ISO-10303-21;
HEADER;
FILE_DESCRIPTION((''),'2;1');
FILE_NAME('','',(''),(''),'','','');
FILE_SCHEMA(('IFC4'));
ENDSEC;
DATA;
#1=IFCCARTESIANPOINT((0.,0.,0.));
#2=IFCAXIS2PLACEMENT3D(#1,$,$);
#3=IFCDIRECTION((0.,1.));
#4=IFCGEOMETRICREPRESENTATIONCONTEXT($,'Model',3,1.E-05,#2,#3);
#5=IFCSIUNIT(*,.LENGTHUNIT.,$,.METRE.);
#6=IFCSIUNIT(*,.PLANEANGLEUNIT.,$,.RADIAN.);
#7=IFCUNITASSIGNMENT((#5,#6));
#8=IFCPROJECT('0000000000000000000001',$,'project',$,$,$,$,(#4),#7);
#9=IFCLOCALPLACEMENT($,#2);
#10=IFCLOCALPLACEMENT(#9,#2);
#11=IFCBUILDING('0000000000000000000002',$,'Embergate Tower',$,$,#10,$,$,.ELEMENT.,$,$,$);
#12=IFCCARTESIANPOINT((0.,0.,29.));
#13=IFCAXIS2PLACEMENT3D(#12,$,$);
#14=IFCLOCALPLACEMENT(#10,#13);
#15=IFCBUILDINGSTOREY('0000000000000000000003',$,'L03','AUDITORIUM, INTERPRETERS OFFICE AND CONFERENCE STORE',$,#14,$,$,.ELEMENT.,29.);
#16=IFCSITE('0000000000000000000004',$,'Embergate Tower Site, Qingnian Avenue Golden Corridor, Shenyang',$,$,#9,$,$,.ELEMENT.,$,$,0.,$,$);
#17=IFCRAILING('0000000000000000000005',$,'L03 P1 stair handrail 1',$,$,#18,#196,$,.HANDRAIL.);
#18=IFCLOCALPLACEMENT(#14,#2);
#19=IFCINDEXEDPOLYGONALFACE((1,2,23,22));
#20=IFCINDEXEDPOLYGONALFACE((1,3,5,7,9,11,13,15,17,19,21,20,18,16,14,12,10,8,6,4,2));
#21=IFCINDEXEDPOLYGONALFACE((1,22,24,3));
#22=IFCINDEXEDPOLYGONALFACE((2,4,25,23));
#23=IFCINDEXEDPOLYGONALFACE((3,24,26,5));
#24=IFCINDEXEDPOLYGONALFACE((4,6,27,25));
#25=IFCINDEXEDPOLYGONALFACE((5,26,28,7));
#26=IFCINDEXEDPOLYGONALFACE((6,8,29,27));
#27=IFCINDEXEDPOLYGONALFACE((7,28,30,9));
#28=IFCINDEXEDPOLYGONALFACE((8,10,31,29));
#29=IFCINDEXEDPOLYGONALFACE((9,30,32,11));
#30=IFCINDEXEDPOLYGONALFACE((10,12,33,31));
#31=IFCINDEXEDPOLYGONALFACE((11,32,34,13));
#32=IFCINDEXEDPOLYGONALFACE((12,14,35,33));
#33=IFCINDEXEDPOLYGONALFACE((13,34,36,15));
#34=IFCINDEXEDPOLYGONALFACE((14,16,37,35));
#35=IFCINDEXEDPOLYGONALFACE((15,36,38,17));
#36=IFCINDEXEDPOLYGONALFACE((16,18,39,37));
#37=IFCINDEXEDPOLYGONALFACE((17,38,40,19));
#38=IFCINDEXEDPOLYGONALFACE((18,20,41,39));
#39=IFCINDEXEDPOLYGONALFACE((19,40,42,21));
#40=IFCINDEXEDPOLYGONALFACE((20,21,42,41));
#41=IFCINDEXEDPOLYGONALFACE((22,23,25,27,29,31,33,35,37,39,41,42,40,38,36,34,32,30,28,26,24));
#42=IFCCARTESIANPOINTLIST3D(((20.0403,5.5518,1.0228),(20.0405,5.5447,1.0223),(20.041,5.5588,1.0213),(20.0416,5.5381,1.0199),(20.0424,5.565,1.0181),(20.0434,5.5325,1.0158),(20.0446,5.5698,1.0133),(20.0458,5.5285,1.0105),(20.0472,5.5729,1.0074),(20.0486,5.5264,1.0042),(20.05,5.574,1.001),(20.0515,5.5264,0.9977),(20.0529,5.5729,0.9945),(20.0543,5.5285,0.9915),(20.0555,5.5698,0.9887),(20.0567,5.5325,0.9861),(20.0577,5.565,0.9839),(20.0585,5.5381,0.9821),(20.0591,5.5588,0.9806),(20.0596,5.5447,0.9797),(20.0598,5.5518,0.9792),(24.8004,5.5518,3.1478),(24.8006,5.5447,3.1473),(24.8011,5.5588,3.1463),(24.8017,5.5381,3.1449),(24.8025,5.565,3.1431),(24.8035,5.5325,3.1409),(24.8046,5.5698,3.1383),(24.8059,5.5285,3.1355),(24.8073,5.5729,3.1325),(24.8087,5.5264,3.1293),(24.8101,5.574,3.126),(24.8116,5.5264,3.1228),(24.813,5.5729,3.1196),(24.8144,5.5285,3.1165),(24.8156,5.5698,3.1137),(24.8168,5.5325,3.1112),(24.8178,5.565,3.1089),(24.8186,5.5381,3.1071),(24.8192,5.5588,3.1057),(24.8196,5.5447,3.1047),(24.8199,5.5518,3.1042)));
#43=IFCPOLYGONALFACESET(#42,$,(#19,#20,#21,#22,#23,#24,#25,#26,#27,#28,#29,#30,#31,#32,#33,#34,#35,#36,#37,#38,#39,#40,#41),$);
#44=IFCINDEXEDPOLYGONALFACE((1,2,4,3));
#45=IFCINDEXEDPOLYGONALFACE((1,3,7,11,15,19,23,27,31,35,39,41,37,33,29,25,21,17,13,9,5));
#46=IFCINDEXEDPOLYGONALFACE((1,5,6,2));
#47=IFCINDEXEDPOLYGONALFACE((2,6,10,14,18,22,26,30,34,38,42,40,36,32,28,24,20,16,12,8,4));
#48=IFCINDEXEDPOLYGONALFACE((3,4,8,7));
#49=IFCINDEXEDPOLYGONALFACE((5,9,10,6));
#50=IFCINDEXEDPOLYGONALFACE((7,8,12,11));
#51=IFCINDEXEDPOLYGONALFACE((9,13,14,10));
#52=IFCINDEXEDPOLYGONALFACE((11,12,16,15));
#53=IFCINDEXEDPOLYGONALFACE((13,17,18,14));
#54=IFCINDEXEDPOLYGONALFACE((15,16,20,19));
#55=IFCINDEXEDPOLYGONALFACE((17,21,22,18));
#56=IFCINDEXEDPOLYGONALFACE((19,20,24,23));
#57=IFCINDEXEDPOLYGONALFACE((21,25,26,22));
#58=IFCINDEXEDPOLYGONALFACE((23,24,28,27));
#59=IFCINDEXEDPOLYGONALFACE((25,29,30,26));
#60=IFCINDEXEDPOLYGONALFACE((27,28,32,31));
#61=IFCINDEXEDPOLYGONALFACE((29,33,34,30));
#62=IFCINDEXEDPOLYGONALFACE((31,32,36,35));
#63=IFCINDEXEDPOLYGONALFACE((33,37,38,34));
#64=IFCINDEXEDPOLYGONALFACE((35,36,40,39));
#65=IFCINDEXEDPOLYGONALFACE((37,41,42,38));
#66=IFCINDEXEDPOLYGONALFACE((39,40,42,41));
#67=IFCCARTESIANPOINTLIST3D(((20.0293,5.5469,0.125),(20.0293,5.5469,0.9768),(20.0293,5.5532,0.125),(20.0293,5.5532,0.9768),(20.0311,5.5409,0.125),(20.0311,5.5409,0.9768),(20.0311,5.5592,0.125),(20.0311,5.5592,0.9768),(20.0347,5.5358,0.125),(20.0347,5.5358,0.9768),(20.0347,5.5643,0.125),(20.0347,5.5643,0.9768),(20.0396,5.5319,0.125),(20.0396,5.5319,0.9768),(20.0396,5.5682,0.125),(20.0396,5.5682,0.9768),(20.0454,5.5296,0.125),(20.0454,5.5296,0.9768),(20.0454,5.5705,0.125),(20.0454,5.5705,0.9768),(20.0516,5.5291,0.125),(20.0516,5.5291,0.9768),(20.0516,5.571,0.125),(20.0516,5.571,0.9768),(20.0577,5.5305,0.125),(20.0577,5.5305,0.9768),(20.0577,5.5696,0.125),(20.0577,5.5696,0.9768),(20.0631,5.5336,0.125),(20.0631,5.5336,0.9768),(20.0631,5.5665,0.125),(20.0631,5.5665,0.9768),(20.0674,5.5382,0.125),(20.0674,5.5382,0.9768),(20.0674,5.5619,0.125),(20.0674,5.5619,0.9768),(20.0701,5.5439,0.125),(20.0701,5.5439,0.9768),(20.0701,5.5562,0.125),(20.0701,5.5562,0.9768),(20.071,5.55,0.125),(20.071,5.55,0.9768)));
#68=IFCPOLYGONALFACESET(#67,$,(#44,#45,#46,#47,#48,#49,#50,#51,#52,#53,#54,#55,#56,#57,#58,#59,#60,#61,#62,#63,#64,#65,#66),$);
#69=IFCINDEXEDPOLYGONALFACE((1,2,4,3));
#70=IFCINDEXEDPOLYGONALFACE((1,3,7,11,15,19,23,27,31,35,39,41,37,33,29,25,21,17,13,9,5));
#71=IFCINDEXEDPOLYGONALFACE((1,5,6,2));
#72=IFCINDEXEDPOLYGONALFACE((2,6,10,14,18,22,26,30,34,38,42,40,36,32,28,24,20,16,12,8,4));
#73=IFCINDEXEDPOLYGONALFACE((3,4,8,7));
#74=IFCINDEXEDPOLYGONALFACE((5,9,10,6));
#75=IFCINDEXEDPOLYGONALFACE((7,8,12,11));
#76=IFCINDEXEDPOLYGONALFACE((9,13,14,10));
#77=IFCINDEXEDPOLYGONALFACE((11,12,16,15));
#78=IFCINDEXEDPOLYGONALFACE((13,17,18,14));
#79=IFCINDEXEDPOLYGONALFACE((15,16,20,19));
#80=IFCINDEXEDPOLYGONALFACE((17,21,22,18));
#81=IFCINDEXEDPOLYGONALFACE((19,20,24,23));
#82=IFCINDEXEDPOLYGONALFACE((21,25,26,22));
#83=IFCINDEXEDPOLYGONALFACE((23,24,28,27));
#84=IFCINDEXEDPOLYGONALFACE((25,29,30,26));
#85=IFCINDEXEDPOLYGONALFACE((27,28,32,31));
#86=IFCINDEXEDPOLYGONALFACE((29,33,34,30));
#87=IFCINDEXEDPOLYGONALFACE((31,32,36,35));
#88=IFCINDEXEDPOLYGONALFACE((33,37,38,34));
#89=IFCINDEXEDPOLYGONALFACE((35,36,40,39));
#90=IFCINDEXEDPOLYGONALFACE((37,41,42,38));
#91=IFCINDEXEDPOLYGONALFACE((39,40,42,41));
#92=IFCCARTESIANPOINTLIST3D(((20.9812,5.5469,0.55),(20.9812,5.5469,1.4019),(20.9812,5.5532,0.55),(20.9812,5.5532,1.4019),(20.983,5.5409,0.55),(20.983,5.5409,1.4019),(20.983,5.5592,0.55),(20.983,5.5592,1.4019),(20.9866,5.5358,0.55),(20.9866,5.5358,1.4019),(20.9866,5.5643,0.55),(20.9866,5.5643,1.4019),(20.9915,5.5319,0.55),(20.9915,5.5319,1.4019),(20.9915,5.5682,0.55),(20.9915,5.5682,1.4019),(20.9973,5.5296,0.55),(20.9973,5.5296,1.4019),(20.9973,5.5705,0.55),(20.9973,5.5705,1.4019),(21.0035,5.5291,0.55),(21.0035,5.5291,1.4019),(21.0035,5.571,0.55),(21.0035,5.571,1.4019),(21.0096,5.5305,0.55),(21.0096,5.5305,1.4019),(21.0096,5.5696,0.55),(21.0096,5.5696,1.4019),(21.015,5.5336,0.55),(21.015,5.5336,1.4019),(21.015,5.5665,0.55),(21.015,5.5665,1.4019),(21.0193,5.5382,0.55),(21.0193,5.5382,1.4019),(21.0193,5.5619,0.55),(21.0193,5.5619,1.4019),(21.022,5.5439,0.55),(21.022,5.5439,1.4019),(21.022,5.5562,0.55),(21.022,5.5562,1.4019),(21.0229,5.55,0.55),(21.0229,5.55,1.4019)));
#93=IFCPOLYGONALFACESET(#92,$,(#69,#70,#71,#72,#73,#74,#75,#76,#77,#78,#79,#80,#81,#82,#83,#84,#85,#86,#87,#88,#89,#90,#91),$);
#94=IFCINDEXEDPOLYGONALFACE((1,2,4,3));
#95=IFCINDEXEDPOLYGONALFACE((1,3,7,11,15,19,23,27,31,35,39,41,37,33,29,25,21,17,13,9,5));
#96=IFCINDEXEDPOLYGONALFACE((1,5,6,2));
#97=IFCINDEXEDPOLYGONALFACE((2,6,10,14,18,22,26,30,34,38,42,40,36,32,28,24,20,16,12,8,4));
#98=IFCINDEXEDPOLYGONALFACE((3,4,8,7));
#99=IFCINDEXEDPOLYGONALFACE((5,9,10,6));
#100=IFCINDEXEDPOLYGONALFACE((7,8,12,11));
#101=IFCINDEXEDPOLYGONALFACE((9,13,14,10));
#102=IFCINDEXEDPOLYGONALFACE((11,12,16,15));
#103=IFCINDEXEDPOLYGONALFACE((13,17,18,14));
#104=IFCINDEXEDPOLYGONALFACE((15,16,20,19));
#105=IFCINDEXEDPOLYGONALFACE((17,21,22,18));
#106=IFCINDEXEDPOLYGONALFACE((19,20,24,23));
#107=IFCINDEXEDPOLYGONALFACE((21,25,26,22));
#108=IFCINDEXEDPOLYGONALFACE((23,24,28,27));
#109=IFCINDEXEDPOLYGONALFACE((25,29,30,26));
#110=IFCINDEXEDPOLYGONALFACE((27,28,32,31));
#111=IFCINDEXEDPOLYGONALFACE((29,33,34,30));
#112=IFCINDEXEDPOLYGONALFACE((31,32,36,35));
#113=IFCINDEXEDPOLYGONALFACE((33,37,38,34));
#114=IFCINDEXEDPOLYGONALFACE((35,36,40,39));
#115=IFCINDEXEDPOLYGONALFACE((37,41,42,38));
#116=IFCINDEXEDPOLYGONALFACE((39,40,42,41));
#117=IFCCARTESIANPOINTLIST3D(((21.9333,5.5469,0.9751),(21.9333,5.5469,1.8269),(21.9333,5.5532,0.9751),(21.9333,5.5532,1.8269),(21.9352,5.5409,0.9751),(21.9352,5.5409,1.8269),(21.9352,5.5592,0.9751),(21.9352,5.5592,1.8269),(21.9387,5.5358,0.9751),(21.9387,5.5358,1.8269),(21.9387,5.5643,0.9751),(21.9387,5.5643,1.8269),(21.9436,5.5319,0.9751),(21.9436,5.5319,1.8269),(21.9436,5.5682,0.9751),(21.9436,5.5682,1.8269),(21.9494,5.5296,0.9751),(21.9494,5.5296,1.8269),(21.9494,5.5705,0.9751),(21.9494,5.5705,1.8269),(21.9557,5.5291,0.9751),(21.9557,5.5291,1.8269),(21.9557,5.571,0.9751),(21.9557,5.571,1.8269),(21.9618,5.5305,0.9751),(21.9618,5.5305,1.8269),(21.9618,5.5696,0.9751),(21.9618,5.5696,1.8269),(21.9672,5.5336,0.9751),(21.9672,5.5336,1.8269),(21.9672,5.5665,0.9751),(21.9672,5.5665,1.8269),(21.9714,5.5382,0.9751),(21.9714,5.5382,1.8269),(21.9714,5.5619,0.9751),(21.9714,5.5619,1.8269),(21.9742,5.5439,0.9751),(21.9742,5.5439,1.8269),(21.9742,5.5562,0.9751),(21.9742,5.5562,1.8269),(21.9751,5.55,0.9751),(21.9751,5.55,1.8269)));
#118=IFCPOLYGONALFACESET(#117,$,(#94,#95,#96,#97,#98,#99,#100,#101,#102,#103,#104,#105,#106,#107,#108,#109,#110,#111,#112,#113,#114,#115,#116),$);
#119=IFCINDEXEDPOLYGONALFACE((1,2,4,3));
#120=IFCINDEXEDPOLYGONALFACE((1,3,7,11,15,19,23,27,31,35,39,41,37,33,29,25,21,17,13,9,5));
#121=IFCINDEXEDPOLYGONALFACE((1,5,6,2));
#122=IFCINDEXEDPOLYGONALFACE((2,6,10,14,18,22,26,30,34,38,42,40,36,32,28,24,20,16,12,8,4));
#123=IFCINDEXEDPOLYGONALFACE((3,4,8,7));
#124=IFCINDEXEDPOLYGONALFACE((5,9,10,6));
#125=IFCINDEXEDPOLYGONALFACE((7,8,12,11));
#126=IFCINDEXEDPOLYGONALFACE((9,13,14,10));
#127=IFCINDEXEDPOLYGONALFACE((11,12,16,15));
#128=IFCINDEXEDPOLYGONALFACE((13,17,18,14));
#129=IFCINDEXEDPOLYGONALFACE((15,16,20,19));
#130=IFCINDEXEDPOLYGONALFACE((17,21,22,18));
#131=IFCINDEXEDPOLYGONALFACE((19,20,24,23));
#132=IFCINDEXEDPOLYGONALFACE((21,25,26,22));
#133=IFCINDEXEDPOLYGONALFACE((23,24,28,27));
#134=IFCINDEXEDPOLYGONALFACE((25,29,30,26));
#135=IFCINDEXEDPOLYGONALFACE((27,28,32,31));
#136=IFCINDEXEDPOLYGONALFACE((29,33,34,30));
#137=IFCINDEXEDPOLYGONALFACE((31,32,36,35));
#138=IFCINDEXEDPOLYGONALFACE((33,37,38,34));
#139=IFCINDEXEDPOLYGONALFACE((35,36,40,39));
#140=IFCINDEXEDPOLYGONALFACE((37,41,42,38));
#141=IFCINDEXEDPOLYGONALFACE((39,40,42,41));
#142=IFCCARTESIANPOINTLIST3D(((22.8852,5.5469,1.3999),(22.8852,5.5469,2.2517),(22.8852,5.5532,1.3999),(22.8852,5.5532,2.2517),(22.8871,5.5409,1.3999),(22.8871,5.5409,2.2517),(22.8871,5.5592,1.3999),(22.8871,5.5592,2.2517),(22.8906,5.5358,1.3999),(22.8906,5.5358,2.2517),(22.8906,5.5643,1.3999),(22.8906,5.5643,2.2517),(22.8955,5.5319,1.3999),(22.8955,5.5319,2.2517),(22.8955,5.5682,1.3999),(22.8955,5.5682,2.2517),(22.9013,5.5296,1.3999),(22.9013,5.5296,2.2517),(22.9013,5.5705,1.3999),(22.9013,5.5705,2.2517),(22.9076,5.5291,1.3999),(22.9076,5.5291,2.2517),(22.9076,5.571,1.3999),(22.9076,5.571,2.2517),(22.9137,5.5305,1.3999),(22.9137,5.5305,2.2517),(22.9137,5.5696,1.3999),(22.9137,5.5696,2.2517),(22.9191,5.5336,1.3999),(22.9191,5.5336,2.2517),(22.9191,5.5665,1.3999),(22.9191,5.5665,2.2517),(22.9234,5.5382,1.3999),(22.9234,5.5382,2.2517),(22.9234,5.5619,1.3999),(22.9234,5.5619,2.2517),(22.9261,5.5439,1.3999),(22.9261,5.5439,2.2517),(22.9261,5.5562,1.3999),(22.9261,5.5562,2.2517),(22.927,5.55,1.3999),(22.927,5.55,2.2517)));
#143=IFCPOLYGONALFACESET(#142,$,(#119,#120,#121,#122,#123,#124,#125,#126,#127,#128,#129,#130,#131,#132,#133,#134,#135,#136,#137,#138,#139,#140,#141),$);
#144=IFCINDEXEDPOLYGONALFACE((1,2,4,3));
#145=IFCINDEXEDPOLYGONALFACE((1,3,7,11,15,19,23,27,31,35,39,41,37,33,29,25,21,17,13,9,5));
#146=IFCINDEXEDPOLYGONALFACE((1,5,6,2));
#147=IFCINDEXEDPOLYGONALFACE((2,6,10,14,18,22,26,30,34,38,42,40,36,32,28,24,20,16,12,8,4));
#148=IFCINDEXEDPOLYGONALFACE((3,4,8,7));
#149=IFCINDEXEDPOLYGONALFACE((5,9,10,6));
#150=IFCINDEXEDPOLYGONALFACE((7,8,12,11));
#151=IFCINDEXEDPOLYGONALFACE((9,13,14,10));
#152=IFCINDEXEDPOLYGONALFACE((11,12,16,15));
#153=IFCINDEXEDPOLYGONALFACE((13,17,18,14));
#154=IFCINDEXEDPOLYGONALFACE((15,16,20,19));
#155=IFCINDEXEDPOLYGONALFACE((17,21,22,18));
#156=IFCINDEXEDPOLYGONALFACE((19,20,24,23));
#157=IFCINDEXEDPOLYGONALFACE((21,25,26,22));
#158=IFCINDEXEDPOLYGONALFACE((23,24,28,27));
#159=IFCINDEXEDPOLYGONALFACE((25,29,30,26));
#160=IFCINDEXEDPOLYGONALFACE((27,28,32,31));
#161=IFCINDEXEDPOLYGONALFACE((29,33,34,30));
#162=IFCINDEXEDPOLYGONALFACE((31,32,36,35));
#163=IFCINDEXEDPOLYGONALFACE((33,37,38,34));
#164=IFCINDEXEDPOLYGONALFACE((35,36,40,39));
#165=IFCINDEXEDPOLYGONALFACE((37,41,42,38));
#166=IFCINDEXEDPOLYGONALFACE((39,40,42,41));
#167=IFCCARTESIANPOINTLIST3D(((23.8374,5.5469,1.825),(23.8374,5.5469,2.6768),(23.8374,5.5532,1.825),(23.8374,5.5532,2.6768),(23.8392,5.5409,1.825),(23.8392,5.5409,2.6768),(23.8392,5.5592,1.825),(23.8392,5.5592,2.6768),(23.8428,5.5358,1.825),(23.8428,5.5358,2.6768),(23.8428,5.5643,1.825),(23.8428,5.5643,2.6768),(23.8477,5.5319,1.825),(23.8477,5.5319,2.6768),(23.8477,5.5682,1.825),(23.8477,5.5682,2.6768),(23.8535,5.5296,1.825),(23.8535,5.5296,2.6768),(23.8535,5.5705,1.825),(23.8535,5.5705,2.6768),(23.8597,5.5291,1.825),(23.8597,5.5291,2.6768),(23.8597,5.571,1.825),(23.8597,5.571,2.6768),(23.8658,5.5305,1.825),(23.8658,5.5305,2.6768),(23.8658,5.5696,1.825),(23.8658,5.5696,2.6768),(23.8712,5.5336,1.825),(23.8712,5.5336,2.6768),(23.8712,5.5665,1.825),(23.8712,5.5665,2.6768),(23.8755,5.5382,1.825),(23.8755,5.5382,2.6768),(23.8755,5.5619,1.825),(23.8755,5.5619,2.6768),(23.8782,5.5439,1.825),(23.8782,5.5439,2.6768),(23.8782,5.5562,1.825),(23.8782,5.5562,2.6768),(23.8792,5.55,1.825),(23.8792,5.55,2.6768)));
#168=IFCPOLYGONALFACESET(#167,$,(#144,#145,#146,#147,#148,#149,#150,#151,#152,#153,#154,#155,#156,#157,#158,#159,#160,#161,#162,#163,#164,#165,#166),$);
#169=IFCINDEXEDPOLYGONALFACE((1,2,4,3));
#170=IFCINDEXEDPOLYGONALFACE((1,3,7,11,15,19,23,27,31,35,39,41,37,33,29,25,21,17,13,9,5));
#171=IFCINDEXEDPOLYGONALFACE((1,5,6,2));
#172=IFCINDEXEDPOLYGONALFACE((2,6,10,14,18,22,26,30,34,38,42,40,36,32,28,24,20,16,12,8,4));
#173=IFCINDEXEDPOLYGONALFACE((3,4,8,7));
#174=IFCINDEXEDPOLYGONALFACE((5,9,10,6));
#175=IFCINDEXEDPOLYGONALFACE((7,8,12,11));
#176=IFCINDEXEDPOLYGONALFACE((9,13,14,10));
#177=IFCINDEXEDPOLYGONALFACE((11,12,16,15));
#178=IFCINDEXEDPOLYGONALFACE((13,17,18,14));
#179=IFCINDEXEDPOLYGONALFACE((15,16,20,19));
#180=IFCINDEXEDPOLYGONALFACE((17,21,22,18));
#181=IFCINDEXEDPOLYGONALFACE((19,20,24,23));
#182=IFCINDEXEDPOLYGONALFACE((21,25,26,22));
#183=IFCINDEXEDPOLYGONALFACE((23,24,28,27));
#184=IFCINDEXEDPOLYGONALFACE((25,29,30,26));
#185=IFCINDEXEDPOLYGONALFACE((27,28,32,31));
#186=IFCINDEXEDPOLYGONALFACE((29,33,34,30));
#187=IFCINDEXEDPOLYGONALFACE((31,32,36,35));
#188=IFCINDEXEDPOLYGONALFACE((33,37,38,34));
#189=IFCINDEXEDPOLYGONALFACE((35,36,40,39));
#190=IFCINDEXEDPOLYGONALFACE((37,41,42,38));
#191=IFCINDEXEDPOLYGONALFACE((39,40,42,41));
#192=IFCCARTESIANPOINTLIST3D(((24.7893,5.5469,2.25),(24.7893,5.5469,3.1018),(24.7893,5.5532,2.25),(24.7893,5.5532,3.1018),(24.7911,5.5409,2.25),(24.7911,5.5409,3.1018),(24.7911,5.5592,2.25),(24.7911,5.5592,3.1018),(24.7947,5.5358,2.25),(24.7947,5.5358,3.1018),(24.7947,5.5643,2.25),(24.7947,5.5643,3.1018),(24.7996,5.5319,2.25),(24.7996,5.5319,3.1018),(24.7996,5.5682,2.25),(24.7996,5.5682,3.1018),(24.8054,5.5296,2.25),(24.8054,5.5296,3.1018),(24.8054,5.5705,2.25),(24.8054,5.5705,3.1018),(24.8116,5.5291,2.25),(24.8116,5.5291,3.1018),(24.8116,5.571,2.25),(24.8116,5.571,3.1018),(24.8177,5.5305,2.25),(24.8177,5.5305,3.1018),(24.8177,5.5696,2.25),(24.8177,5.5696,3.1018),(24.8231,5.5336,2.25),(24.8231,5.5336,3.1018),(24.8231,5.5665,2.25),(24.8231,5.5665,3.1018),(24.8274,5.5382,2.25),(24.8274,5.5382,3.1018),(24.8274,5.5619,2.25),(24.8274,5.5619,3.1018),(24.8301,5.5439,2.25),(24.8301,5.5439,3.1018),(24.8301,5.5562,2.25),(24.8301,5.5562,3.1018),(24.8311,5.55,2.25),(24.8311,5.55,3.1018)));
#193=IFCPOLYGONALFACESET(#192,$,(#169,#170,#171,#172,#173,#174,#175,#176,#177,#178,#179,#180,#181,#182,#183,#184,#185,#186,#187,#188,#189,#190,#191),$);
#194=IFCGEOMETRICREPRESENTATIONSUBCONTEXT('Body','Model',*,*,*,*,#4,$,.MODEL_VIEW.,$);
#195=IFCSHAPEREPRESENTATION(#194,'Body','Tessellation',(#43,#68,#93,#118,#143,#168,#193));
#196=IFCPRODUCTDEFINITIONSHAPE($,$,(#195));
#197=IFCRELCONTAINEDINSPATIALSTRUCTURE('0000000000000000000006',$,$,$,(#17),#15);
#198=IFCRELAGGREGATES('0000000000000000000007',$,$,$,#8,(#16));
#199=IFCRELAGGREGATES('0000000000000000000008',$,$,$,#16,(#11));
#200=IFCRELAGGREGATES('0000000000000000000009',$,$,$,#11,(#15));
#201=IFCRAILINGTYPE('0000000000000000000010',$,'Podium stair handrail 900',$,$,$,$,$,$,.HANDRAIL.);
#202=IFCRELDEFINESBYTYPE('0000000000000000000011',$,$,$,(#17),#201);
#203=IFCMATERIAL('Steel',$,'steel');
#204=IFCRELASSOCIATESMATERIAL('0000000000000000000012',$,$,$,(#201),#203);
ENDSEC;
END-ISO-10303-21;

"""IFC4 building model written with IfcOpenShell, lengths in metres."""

from ifc_helpers import new_model, si_unit, direction, frame, origin, origin_2d, place, context, subcontext, project, spatial, circle, extrude, source, transform, mapped, material, type_object, element, save


model = new_model("IFC4")

# Units and contexts
model_context = context("Model", 3, precision=1e-05, world=origin(), true_north=direction((0.0, 1.0)))
body_context = subcontext(model_context, "Body", "Model", "MODEL_VIEW")
ifc_project = project(units=[si_unit("LENGTHUNIT", "METRE"), si_unit("PLANEANGLEUNIT", "RADIAN")], contexts=[model_context])

# Site, building, storey
site_placement = place(None, origin())
site = spatial("IfcSite", under=ifc_project, at=site_placement, Name="Embergate Tower Site, Qingnian Avenue Golden Corridor, Shenyang", CompositionType="ELEMENT", RefElevation=0.0)
building_placement = place(site_placement, origin())
building = spatial("IfcBuilding", under=site, at=building_placement, Name="Embergate Tower", CompositionType="ELEMENT")
storey_placement = place(building_placement, frame((0.0, 0.0, 29.0)))
storey = spatial("IfcBuildingStorey", under=building, at=storey_placement, Name="L03", Description="AUDITORIUM, INTERPRETERS OFFICE AND CONFERENCE STORE", CompositionType="ELEMENT", Elevation=29.0)

# Railing
ifc_material_1 = material(Name="Steel", Category="steel")
railing_type = type_object("IfcRailingType", Name="Podium stair handrail 900", PredefinedType="HANDRAIL", material=ifc_material_1)
shared_shape_1 = source(origin(), body_context, "Body", "SweptSolid", [
    extrude(circle(Radius=0.0239, at=origin_2d()), frame((0.0, 0.0, 0.876), z_axis=(0.913138, 0.0, 0.40765), x_axis=(0.0, 1.0, 0.0)), (0.0, 0.0, 1.0), 5.2129),
    extrude(circle(Radius=0.021, at=origin_2d()), origin(), (0.0, 0.0, 1.0), 0.8518),
    extrude(circle(Radius=0.021, at=origin_2d()), frame((0.9519, 0.0, 0.425)), (0.0, 0.0, 1.0), 0.8518),
    extrude(circle(Radius=0.021, at=origin_2d()), frame((1.9041, 0.0, 0.8501)), (0.0, 0.0, 1.0), 0.8518),
    extrude(circle(Radius=0.021, at=origin_2d()), frame((2.856, 0.0, 1.2749)), (0.0, 0.0, 1.0), 0.8518),
    extrude(circle(Radius=0.021, at=origin_2d()), frame((3.8081, 0.0, 1.7)), (0.0, 0.0, 1.0), 0.8518),
    extrude(circle(Radius=0.021, at=origin_2d()), frame((4.76, 0.0, 2.125)), (0.0, 0.0, 1.0), 0.8518),
])
railing_placement = place(storey_placement, frame((20.05, 5.55, 0.125)))
element("IfcRailing", 1, at=railing_placement, inside=storey, type_object=railing_type, Name="L03 P1 stair handrail 1", PredefinedType="HANDRAIL", context=body_context, shape_type="MappedRepresentation", body=[
    mapped(shared_shape_1, transform((0.0, 0.0, 0.0))),
])

save(model, "model.ifc")
